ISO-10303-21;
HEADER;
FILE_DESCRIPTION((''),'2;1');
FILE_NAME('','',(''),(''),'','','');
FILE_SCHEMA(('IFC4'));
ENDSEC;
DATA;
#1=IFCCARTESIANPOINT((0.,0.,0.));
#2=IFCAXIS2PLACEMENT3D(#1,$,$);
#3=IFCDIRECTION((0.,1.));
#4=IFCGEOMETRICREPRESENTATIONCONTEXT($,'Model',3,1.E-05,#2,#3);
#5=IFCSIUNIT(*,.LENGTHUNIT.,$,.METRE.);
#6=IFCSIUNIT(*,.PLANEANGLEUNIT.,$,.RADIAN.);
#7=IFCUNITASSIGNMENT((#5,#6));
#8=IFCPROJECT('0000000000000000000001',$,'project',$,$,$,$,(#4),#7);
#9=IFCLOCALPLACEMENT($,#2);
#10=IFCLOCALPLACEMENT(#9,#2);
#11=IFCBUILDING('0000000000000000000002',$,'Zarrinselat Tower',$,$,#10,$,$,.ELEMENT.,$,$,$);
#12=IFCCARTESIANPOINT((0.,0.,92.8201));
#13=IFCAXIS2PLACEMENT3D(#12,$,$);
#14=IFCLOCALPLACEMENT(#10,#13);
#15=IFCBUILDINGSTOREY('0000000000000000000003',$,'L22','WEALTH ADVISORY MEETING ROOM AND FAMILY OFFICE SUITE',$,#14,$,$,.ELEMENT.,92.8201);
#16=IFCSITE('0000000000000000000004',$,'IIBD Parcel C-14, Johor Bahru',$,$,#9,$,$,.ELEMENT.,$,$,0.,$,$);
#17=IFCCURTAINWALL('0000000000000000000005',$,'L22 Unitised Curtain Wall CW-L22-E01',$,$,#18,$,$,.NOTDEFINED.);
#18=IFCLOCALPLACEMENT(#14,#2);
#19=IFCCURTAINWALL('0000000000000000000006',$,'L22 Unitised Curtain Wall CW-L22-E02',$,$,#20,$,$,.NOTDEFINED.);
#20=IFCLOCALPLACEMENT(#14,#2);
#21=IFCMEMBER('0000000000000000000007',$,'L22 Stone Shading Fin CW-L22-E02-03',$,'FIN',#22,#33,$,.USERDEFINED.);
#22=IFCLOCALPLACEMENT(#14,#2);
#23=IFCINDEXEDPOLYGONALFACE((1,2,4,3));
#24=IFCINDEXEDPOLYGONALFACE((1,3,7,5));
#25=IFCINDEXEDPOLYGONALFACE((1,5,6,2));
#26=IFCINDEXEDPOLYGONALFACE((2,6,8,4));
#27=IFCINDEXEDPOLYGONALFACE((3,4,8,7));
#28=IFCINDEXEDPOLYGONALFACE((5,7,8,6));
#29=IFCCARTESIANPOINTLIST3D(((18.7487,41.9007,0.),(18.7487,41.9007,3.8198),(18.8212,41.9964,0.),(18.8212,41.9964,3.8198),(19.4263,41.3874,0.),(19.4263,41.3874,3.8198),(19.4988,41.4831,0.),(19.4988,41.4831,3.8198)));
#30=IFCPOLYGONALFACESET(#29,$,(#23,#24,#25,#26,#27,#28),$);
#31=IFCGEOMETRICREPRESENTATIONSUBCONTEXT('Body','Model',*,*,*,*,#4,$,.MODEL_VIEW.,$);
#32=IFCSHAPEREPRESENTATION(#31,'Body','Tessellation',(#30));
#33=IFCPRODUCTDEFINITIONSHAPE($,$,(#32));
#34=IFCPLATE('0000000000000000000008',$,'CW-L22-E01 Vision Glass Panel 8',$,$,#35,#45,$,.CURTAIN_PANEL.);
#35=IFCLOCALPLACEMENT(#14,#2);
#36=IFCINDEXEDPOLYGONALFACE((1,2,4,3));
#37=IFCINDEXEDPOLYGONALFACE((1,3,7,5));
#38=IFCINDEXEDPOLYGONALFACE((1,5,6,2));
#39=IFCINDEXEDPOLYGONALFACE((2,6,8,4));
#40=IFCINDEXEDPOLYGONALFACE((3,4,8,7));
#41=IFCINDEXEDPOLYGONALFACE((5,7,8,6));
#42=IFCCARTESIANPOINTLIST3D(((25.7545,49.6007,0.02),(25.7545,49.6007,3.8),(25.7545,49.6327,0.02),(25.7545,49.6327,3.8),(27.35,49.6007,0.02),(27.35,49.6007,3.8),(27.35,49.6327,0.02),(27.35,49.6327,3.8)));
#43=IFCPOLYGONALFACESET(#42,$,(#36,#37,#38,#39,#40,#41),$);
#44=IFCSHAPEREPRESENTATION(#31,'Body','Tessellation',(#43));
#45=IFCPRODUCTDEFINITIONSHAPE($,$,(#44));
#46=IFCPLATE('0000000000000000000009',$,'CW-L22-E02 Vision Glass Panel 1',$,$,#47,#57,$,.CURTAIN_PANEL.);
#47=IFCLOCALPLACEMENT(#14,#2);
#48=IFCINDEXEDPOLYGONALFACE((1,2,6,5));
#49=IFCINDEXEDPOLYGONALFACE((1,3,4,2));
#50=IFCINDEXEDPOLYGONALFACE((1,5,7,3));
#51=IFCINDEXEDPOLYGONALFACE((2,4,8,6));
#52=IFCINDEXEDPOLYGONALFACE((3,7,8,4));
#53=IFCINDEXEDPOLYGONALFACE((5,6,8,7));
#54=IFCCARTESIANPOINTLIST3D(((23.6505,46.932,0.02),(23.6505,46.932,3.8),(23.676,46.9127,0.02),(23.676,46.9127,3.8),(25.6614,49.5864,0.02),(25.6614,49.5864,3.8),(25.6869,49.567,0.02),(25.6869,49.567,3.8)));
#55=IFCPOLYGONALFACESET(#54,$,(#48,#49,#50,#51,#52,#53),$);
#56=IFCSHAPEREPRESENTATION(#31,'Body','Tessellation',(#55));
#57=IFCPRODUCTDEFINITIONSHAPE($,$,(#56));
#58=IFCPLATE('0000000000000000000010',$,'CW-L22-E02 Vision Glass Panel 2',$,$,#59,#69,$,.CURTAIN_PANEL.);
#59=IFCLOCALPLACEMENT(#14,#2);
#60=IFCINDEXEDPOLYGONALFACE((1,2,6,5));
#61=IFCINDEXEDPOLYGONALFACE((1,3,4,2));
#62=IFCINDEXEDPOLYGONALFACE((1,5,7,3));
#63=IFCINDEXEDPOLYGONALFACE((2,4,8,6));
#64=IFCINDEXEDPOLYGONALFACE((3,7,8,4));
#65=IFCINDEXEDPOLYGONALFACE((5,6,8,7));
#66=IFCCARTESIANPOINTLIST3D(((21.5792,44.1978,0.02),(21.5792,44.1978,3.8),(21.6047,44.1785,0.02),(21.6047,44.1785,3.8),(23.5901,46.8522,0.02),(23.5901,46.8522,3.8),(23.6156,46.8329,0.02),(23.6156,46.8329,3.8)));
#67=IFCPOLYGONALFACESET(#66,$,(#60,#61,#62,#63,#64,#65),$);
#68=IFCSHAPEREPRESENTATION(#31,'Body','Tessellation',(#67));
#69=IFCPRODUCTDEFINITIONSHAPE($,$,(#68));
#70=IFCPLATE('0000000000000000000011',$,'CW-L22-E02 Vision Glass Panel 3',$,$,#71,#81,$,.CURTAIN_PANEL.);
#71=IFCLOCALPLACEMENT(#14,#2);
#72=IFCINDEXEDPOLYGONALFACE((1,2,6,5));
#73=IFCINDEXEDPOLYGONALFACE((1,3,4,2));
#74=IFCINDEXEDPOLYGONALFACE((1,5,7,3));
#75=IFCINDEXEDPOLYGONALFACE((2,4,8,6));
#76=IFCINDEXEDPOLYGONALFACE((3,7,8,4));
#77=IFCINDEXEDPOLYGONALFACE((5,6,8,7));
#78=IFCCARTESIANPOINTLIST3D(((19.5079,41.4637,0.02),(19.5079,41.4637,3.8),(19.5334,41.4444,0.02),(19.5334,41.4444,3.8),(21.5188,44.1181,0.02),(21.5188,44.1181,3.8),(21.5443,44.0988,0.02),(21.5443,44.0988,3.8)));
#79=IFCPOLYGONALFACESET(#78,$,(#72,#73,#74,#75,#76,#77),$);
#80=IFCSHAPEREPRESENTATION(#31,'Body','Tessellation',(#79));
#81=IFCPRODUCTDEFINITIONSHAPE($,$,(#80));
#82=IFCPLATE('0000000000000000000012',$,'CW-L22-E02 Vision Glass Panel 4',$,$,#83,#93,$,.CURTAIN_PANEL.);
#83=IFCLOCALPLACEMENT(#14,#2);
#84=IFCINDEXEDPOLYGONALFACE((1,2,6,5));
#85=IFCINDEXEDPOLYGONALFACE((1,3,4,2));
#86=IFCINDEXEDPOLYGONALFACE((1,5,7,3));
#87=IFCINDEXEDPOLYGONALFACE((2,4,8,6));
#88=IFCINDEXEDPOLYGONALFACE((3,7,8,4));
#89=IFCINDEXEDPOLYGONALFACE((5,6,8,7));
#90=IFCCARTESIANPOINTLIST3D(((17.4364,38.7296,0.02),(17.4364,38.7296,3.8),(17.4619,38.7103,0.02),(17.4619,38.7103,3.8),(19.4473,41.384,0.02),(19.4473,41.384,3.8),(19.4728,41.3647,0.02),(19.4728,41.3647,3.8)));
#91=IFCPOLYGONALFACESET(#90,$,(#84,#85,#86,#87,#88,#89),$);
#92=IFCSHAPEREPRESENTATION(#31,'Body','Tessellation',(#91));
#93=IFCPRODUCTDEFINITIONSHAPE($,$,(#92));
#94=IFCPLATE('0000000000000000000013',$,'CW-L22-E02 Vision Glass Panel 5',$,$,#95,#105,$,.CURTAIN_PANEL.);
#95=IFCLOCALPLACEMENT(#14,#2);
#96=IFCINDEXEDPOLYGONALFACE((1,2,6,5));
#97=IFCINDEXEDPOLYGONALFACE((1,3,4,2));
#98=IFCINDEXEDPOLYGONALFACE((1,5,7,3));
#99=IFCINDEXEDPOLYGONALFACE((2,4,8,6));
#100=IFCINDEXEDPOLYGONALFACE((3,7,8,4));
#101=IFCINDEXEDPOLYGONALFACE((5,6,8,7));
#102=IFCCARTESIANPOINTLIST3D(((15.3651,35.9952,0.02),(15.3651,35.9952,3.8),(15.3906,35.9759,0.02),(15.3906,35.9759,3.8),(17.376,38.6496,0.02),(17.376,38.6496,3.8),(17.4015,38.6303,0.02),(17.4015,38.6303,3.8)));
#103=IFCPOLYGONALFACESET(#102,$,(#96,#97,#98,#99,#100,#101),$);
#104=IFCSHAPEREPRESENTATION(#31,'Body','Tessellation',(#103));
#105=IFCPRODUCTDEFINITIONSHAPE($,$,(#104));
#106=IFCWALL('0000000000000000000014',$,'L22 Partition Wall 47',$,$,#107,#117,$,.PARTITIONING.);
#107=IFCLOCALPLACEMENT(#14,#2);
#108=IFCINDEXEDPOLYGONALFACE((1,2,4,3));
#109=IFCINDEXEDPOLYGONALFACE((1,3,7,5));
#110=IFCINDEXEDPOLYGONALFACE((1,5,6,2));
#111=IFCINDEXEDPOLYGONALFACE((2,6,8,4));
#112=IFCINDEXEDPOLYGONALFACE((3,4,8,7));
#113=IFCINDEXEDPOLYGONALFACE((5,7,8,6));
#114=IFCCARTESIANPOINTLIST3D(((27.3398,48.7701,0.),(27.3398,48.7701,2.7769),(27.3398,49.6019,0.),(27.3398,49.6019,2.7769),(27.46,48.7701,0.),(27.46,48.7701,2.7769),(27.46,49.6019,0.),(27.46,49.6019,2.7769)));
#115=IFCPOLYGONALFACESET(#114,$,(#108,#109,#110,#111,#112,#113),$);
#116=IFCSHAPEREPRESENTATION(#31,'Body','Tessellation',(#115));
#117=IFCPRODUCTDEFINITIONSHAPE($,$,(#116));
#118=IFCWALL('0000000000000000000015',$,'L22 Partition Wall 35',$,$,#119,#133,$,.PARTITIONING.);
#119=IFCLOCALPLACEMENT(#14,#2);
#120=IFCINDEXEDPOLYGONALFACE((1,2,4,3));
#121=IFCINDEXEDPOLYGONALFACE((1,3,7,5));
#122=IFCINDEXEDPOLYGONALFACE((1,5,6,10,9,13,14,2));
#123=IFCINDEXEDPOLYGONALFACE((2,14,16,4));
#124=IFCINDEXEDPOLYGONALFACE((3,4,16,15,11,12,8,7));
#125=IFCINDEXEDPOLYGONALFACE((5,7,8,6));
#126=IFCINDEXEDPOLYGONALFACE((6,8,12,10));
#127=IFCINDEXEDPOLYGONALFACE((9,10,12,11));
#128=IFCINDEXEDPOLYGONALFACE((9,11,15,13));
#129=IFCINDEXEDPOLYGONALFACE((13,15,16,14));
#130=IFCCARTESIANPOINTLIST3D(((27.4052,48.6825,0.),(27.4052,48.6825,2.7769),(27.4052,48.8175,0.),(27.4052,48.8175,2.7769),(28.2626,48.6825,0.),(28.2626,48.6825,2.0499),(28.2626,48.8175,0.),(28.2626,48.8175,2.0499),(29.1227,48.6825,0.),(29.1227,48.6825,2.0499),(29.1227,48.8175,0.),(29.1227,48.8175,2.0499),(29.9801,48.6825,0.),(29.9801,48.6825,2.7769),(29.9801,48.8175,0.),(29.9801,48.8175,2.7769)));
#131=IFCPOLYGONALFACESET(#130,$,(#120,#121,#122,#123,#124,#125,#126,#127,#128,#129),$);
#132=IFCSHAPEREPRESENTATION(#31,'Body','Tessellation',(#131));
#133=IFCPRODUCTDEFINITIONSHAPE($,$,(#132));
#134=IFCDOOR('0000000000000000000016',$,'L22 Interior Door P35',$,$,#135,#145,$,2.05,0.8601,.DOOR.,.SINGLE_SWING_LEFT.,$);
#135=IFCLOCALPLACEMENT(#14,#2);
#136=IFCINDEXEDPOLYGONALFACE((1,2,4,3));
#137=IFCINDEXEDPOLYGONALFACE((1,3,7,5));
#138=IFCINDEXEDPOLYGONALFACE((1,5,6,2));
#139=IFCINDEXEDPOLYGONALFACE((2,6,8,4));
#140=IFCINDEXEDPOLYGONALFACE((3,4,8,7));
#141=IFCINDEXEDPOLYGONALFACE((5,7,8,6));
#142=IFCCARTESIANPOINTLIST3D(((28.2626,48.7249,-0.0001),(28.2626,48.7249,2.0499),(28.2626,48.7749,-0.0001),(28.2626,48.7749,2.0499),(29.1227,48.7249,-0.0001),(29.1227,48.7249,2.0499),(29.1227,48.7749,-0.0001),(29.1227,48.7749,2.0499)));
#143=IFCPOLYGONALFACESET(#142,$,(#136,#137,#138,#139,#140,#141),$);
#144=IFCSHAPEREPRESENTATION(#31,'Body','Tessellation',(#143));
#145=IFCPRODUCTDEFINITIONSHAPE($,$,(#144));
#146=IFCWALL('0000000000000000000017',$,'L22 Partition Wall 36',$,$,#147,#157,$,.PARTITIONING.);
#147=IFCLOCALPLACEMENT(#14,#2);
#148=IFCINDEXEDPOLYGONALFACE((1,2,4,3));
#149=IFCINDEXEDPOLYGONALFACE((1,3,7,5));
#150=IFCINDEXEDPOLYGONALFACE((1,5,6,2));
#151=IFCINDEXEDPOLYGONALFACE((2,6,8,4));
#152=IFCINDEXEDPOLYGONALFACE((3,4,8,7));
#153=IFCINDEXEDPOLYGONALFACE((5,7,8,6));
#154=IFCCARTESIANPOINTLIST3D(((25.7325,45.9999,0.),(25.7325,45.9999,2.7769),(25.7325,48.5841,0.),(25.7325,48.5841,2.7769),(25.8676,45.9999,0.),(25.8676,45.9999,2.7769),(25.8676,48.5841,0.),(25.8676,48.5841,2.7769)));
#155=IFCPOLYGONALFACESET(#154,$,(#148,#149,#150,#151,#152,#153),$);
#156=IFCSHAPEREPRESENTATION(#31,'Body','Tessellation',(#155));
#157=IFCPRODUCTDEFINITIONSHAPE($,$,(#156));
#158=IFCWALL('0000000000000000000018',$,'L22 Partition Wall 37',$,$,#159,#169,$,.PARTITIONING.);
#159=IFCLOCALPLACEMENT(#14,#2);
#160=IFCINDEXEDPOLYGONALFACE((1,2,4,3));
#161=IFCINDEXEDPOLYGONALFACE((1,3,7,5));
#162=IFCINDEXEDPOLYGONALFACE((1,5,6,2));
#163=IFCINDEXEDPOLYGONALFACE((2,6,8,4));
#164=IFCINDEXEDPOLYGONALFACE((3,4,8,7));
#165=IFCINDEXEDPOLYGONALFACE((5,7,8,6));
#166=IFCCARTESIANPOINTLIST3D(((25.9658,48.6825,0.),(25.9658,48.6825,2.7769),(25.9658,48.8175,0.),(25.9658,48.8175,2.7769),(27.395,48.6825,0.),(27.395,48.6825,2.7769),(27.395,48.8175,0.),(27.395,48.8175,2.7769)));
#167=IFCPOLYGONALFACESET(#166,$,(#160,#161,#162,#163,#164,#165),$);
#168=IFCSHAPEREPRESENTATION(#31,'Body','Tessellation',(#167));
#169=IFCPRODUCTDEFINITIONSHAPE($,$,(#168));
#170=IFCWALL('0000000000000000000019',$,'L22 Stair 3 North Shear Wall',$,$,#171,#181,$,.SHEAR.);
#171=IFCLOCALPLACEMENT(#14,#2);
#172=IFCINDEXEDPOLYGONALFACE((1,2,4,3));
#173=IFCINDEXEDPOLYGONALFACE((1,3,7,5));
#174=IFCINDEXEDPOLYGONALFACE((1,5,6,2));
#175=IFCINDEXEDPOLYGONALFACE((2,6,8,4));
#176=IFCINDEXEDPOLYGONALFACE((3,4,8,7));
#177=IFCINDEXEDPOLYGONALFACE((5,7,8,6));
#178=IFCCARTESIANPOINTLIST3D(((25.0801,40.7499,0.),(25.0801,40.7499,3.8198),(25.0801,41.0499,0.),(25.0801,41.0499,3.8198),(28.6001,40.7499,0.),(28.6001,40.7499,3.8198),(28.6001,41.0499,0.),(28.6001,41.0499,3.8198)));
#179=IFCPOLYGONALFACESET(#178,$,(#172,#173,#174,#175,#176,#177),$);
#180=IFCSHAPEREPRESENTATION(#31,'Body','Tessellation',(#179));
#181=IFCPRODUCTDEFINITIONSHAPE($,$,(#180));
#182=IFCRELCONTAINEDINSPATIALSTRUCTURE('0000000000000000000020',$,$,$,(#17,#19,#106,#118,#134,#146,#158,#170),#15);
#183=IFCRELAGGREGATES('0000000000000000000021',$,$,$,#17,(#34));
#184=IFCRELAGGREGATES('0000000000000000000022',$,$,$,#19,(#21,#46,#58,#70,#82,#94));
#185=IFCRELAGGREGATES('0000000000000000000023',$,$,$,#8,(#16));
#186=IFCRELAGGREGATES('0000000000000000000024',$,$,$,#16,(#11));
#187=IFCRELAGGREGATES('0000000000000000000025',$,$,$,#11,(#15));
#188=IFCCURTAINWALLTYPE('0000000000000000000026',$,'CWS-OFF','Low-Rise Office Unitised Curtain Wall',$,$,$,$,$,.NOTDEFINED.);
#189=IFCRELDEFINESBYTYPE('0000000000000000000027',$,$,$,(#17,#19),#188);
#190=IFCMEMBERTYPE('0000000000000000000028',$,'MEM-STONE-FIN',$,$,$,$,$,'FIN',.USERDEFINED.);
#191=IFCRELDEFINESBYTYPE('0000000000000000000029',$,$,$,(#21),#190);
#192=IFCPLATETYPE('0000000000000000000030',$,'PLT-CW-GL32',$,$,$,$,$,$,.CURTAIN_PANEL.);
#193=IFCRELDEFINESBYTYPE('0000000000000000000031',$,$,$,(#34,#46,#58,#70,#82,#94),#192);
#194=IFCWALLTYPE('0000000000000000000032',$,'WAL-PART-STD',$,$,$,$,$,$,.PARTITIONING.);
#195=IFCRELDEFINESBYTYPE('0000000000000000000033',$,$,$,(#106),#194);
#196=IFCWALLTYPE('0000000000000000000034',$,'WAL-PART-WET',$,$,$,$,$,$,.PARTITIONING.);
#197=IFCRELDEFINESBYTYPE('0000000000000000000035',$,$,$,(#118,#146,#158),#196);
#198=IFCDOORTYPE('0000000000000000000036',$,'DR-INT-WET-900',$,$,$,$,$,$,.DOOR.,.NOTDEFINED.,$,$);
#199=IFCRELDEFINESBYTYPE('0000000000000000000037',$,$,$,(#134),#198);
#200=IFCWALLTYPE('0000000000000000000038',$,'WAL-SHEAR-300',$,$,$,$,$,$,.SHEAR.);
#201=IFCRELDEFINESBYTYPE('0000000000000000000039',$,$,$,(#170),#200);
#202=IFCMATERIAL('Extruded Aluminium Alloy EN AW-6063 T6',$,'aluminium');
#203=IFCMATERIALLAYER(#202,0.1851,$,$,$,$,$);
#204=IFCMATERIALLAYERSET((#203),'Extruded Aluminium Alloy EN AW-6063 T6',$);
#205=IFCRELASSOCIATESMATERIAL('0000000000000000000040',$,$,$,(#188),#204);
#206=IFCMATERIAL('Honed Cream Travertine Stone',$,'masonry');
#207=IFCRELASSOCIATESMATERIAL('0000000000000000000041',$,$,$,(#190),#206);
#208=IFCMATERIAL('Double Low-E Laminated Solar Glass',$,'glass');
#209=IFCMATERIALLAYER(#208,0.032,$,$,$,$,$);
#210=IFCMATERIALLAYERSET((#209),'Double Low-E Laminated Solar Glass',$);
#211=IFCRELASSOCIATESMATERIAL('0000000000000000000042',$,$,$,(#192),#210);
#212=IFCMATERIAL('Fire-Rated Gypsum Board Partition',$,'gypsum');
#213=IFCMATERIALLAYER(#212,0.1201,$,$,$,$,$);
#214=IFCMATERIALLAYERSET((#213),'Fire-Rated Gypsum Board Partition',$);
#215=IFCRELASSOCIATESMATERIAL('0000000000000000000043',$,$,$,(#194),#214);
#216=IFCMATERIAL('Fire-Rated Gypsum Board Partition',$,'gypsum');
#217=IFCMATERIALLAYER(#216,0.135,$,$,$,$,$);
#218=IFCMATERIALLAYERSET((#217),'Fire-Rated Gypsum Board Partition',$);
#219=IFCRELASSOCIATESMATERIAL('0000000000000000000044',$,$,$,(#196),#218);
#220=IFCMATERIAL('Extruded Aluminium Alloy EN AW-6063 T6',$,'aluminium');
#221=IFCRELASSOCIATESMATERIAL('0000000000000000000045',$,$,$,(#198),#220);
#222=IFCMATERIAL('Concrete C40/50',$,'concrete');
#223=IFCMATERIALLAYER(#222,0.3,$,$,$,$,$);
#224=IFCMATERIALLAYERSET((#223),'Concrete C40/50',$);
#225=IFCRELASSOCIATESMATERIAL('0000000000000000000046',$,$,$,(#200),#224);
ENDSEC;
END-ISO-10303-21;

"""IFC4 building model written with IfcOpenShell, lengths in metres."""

from ifc_helpers import new_model, si_unit, direction, frame, frame_2d, origin, origin_2d, place, context, subcontext, project, spatial, rectangle, extrude, material, layer, layer_set, material_profile, profile_set, type_object, element, fill, aggregate, save


model = new_model("IFC4")

# Units and contexts
model_context = context("Model", 3, precision=1e-05, world=origin(), true_north=direction((0.0, 1.0)))
body_context = subcontext(model_context, "Body", "Model", "MODEL_VIEW")
ifc_project = project(units=[si_unit("LENGTHUNIT", "METRE"), si_unit("PLANEANGLEUNIT", "RADIAN")], contexts=[model_context])

# Site, building, storey
site_placement = place(None, origin())
site = spatial("IfcSite", under=ifc_project, at=site_placement, Name="IIBD Parcel C-14, Johor Bahru", CompositionType="ELEMENT", RefElevation=0.0)
building_placement = place(site_placement, origin())
building = spatial("IfcBuilding", under=site, at=building_placement, Name="Zarrinselat Tower", CompositionType="ELEMENT")
storey_placement = place(building_placement, frame((0.0, 0.0, 92.8201)))
storey = spatial("IfcBuildingStorey", under=building, at=storey_placement, Name="L22", Description="WEALTH ADVISORY MEETING ROOM AND FAMILY OFFICE SUITE", CompositionType="ELEMENT", Elevation=92.8201)

# Curtain walls
ifc_material_1 = material(Name="Extruded Aluminium Alloy EN AW-6063 T6", Category="aluminium")
ifc_layer_1 = layer(ifc_material_1, 0.1851)
ifc_layer_set_1 = layer_set([ifc_layer_1], Name="Extruded Aluminium Alloy EN AW-6063 T6")
curtain_wall_type = type_object("IfcCurtainWallType", Name="CWS-OFF", Description="Low-Rise Office Unitised Curtain Wall", PredefinedType="NOTDEFINED", material=ifc_layer_set_1)
curtain_wall_1_placement = place(storey_placement, origin())
curtain_wall_1 = element("IfcCurtainWall", 1, at=curtain_wall_1_placement, inside=storey, type_object=curtain_wall_type, Name="L22 Unitised Curtain Wall CW-L22-E01", PredefinedType="NOTDEFINED")
curtain_wall_2_placement = place(storey_placement, origin())
curtain_wall_2 = element("IfcCurtainWall", 2, at=curtain_wall_2_placement, inside=storey, type_object=curtain_wall_type, Name="L22 Unitised Curtain Wall CW-L22-E02", PredefinedType="NOTDEFINED")

# Member
ifc_material_2 = material(Name="Honed Cream Travertine Stone", Category="masonry")
ifc_material_profile_1 = material_profile(ifc_material_2, rectangle(XDim=0.1201, YDim=0.8501, at=origin_2d()), Name="FIN 850x120")
ifc_profile_set_1 = profile_set([ifc_material_profile_1], Name="Honed Cream Travertine Stone")
member_type_1 = type_object("IfcMemberType", Name="MEM-STONE-FIN", ElementType="FIN", PredefinedType="USERDEFINED", material=ifc_profile_set_1)
member_1_placement = place(storey_placement, frame((19.1238, 41.6919, 0.0), z_axis=(0.0, 0.0, 1.0), x_axis=(0.603857, 0.797093, 0.0)))
member_1 = element("IfcMember", 3, at=member_1_placement, type_object=member_type_1, Name="L22 Stone Shading Fin CW-L22-E02-03", ObjectType="FIN", PredefinedType="USERDEFINED", context=body_context, shape_type="SweptSolid", body=[
    extrude(rectangle(XDim=0.1201, YDim=0.8501, at=origin_2d()), origin(), (0.0, 0.0, 1.0), 3.8198),
])

# Plates
ifc_material_3 = material(Name="Double Low-E Laminated Solar Glass", Category="glass")
ifc_layer_2 = layer(ifc_material_3, 0.032)
ifc_layer_set_2 = layer_set([ifc_layer_2], Name="Double Low-E Laminated Solar Glass")
plate_type = type_object("IfcPlateType", Name="PLT-CW-GL32", PredefinedType="CURTAIN_PANEL", material=ifc_layer_set_2)
plate_1_placement = place(storey_placement, frame((26.5522, 49.6167, 0.02), z_axis=(0.0, 0.0, 1.0), x_axis=(-1.0, 0.0, 0.0)))
plate_1 = element("IfcPlate", 4, at=plate_1_placement, type_object=plate_type, Name="CW-L22-E01 Vision Glass Panel 8", PredefinedType="CURTAIN_PANEL", context=body_context, shape_type="SweptSolid", body=[
    extrude(rectangle(XDim=1.5955, YDim=0.032, at=origin_2d()), origin(), (0.0, 0.0, 1.0), 3.78),
])
aggregate(curtain_wall_1, [plate_1])
plate_2_placement = place(storey_placement, frame((24.6687, 48.2495, 0.02), z_axis=(0.0, 0.0, 1.0), x_axis=(-0.603857, -0.797093, 0.0)))
plate_2 = element("IfcPlate", 5, at=plate_2_placement, type_object=plate_type, Name="CW-L22-E02 Vision Glass Panel 1", PredefinedType="CURTAIN_PANEL", context=body_context, shape_type="SweptSolid", body=[
    extrude(rectangle(XDim=3.3301, YDim=0.032, at=origin_2d()), origin(), (0.0, 0.0, 1.0), 3.78),
])
plate_3_placement = place(storey_placement, frame((22.5974, 45.5154, 0.02), z_axis=(0.0, 0.0, 1.0), x_axis=(-0.603857, -0.797093, 0.0)))
plate_3 = element("IfcPlate", 6, at=plate_3_placement, type_object=plate_type, Name="CW-L22-E02 Vision Glass Panel 2", PredefinedType="CURTAIN_PANEL", context=body_context, shape_type="SweptSolid", body=[
    extrude(rectangle(XDim=3.3301, YDim=0.032, at=origin_2d()), origin(), (0.0, 0.0, 1.0), 3.78),
])
plate_4_placement = place(storey_placement, frame((20.5261, 42.7812, 0.02), z_axis=(0.0, 0.0, 1.0), x_axis=(-0.603857, -0.797093, 0.0)))
plate_4 = element("IfcPlate", 7, at=plate_4_placement, type_object=plate_type, Name="CW-L22-E02 Vision Glass Panel 3", PredefinedType="CURTAIN_PANEL", context=body_context, shape_type="SweptSolid", body=[
    extrude(rectangle(XDim=3.3301, YDim=0.032, at=origin_2d()), origin(), (0.0, 0.0, 1.0), 3.78),
])
plate_5_placement = place(storey_placement, frame((18.4546, 40.0471, 0.02), z_axis=(0.0, 0.0, 1.0), x_axis=(-0.603857, -0.797093, 0.0)))
plate_5 = element("IfcPlate", 8, at=plate_5_placement, type_object=plate_type, Name="CW-L22-E02 Vision Glass Panel 4", PredefinedType="CURTAIN_PANEL", context=body_context, shape_type="SweptSolid", body=[
    extrude(rectangle(XDim=3.3301, YDim=0.032, at=origin_2d()), origin(), (0.0, 0.0, 1.0), 3.78),
])
plate_6_placement = place(storey_placement, frame((16.3833, 37.3127, 0.02), z_axis=(0.0, 0.0, 1.0), x_axis=(-0.603857, -0.797093, 0.0)))
plate_6 = element("IfcPlate", 9, at=plate_6_placement, type_object=plate_type, Name="CW-L22-E02 Vision Glass Panel 5", PredefinedType="CURTAIN_PANEL", context=body_context, shape_type="SweptSolid", body=[
    extrude(rectangle(XDim=3.3301, YDim=0.032, at=origin_2d()), origin(), (0.0, 0.0, 1.0), 3.78),
])
aggregate(curtain_wall_2, [member_1, plate_2, plate_3, plate_4, plate_5, plate_6])

# Wall
ifc_material_4 = material(Name="Fire-Rated Gypsum Board Partition", Category="gypsum")
ifc_layer_3 = layer(ifc_material_4, 0.1201)
ifc_layer_set_3 = layer_set([ifc_layer_3], Name="Fire-Rated Gypsum Board Partition")
wall_type_1 = type_object("IfcWallType", Name="WAL-PART-STD", PredefinedType="PARTITIONING", material=ifc_layer_set_3)
wall_1_placement = place(storey_placement, frame((27.3999, 48.77, 0.0), z_axis=(0.0, 0.0, 1.0), x_axis=(0.0, 1.0, 0.0)))
element("IfcWall", 10, at=wall_1_placement, inside=storey, type_object=wall_type_1, Name="L22 Partition Wall 47", PredefinedType="PARTITIONING", context=body_context, shape_type="SweptSolid", body=[
    extrude(rectangle(XDim=0.8318, YDim=0.1201, at=frame_2d((0.416, 0.0))), origin(), (0.0, 0.0, 1.0), 2.7769),
])

# Wall, opening, door
ifc_material_5 = material(Name="Fire-Rated Gypsum Board Partition", Category="gypsum")
ifc_layer_4 = layer(ifc_material_5, 0.135)
ifc_layer_set_4 = layer_set([ifc_layer_4], Name="Fire-Rated Gypsum Board Partition")
wall_type_2 = type_object("IfcWallType", Name="WAL-PART-WET", PredefinedType="PARTITIONING", material=ifc_layer_set_4)
wall_2_placement = place(storey_placement, frame((27.405, 48.75, 0.0), z_axis=(0.0, 0.0, 1.0), x_axis=(1.0, 0.0, 0.0)))
wall_2 = element("IfcWall", 11, at=wall_2_placement, inside=storey, type_object=wall_type_2, Name="L22 Partition Wall 35", PredefinedType="PARTITIONING", context=body_context, shape_type="SweptSolid", body=[
    extrude(rectangle(XDim=2.575, YDim=0.135, at=frame_2d((1.2876, 0.0))), origin(), (0.0, 0.0, 1.0), 2.7769),
])
opening_placement = place(wall_2_placement, frame((0.8574, 0.0, 0.0)))
opening = element("IfcOpeningElement", 12, at=opening_placement, cuts=wall_2, PredefinedType="OPENING", context=body_context, shape_type="SweptSolid", body=[
    extrude(rectangle(XDim=0.8601, YDim=2.05, at=frame_2d((0.4302, 1.0249))), frame((0.0, 0.0774, 0.0), z_axis=(0.0, -1.0, 0.0), x_axis=(1.0, 0.0, 0.0)), (0.0, 0.0, 1.0), 0.155),
])
ifc_material_6 = material(Name="Extruded Aluminium Alloy EN AW-6063 T6", Category="aluminium")
door_type = type_object("IfcDoorType", Name="DR-INT-WET-900", OperationType="NOTDEFINED", PredefinedType="DOOR", material=ifc_material_6)
door_placement = place(opening_placement, origin())
door = element("IfcDoor", 13, at=door_placement, inside=storey, type_object=door_type, Name="L22 Interior Door P35", OperationType="SINGLE_SWING_LEFT", OverallHeight=2.05, OverallWidth=0.8601, PredefinedType="DOOR", context=body_context, shape_type="SweptSolid", body=[
    extrude(rectangle(XDim=0.8601, YDim=2.05, at=frame_2d((0.4302, 1.0249))), frame((0.0, 0.0249, 0.0), z_axis=(0.0, -1.0, 0.0), x_axis=(1.0, 0.0, 0.0)), (0.0, 0.0, 1.0), 0.05),
])
fill(opening, door)

# Walls
wall_3_placement = place(storey_placement, frame((25.8, 46.0, 0.0), z_axis=(0.0, 0.0, 1.0), x_axis=(0.0, 1.0, 0.0)))
element("IfcWall", 14, at=wall_3_placement, inside=storey, type_object=wall_type_2, Name="L22 Partition Wall 36", PredefinedType="PARTITIONING", context=body_context, shape_type="SweptSolid", body=[
    extrude(rectangle(XDim=2.5842, YDim=0.135, at=frame_2d((1.292, 0.0))), origin(), (0.0, 0.0, 1.0), 2.7769),
])
wall_4_placement = place(storey_placement, frame((25.9658, 48.75, 0.0), z_axis=(0.0, 0.0, 1.0), x_axis=(1.0, 0.0, 0.0)))
element("IfcWall", 15, at=wall_4_placement, inside=storey, type_object=wall_type_2, Name="L22 Partition Wall 37", PredefinedType="PARTITIONING", context=body_context, shape_type="SweptSolid", body=[
    extrude(rectangle(XDim=1.4292, YDim=0.135, at=frame_2d((0.7146, 0.0))), origin(), (0.0, 0.0, 1.0), 2.7769),
])
ifc_material_7 = material(Name="Concrete C40/50", Category="concrete")
ifc_layer_5 = layer(ifc_material_7, 0.3)
ifc_layer_set_5 = layer_set([ifc_layer_5], Name="Concrete C40/50")
wall_type_3 = type_object("IfcWallType", Name="WAL-SHEAR-300", PredefinedType="SHEAR", material=ifc_layer_set_5)
wall_5_placement = place(storey_placement, frame((25.0801, 40.8999, 0.0), z_axis=(0.0, 0.0, 1.0), x_axis=(1.0, 0.0, 0.0)))
element("IfcWall", 16, at=wall_5_placement, inside=storey, type_object=wall_type_3, Name="L22 Stair 3 North Shear Wall", PredefinedType="SHEAR", context=body_context, shape_type="SweptSolid", body=[
    extrude(rectangle(XDim=3.52, YDim=0.3, at=frame_2d((1.76, 0.0))), origin(), (0.0, 0.0, 1.0), 3.8198),
])

save(model, "model.ifc")
